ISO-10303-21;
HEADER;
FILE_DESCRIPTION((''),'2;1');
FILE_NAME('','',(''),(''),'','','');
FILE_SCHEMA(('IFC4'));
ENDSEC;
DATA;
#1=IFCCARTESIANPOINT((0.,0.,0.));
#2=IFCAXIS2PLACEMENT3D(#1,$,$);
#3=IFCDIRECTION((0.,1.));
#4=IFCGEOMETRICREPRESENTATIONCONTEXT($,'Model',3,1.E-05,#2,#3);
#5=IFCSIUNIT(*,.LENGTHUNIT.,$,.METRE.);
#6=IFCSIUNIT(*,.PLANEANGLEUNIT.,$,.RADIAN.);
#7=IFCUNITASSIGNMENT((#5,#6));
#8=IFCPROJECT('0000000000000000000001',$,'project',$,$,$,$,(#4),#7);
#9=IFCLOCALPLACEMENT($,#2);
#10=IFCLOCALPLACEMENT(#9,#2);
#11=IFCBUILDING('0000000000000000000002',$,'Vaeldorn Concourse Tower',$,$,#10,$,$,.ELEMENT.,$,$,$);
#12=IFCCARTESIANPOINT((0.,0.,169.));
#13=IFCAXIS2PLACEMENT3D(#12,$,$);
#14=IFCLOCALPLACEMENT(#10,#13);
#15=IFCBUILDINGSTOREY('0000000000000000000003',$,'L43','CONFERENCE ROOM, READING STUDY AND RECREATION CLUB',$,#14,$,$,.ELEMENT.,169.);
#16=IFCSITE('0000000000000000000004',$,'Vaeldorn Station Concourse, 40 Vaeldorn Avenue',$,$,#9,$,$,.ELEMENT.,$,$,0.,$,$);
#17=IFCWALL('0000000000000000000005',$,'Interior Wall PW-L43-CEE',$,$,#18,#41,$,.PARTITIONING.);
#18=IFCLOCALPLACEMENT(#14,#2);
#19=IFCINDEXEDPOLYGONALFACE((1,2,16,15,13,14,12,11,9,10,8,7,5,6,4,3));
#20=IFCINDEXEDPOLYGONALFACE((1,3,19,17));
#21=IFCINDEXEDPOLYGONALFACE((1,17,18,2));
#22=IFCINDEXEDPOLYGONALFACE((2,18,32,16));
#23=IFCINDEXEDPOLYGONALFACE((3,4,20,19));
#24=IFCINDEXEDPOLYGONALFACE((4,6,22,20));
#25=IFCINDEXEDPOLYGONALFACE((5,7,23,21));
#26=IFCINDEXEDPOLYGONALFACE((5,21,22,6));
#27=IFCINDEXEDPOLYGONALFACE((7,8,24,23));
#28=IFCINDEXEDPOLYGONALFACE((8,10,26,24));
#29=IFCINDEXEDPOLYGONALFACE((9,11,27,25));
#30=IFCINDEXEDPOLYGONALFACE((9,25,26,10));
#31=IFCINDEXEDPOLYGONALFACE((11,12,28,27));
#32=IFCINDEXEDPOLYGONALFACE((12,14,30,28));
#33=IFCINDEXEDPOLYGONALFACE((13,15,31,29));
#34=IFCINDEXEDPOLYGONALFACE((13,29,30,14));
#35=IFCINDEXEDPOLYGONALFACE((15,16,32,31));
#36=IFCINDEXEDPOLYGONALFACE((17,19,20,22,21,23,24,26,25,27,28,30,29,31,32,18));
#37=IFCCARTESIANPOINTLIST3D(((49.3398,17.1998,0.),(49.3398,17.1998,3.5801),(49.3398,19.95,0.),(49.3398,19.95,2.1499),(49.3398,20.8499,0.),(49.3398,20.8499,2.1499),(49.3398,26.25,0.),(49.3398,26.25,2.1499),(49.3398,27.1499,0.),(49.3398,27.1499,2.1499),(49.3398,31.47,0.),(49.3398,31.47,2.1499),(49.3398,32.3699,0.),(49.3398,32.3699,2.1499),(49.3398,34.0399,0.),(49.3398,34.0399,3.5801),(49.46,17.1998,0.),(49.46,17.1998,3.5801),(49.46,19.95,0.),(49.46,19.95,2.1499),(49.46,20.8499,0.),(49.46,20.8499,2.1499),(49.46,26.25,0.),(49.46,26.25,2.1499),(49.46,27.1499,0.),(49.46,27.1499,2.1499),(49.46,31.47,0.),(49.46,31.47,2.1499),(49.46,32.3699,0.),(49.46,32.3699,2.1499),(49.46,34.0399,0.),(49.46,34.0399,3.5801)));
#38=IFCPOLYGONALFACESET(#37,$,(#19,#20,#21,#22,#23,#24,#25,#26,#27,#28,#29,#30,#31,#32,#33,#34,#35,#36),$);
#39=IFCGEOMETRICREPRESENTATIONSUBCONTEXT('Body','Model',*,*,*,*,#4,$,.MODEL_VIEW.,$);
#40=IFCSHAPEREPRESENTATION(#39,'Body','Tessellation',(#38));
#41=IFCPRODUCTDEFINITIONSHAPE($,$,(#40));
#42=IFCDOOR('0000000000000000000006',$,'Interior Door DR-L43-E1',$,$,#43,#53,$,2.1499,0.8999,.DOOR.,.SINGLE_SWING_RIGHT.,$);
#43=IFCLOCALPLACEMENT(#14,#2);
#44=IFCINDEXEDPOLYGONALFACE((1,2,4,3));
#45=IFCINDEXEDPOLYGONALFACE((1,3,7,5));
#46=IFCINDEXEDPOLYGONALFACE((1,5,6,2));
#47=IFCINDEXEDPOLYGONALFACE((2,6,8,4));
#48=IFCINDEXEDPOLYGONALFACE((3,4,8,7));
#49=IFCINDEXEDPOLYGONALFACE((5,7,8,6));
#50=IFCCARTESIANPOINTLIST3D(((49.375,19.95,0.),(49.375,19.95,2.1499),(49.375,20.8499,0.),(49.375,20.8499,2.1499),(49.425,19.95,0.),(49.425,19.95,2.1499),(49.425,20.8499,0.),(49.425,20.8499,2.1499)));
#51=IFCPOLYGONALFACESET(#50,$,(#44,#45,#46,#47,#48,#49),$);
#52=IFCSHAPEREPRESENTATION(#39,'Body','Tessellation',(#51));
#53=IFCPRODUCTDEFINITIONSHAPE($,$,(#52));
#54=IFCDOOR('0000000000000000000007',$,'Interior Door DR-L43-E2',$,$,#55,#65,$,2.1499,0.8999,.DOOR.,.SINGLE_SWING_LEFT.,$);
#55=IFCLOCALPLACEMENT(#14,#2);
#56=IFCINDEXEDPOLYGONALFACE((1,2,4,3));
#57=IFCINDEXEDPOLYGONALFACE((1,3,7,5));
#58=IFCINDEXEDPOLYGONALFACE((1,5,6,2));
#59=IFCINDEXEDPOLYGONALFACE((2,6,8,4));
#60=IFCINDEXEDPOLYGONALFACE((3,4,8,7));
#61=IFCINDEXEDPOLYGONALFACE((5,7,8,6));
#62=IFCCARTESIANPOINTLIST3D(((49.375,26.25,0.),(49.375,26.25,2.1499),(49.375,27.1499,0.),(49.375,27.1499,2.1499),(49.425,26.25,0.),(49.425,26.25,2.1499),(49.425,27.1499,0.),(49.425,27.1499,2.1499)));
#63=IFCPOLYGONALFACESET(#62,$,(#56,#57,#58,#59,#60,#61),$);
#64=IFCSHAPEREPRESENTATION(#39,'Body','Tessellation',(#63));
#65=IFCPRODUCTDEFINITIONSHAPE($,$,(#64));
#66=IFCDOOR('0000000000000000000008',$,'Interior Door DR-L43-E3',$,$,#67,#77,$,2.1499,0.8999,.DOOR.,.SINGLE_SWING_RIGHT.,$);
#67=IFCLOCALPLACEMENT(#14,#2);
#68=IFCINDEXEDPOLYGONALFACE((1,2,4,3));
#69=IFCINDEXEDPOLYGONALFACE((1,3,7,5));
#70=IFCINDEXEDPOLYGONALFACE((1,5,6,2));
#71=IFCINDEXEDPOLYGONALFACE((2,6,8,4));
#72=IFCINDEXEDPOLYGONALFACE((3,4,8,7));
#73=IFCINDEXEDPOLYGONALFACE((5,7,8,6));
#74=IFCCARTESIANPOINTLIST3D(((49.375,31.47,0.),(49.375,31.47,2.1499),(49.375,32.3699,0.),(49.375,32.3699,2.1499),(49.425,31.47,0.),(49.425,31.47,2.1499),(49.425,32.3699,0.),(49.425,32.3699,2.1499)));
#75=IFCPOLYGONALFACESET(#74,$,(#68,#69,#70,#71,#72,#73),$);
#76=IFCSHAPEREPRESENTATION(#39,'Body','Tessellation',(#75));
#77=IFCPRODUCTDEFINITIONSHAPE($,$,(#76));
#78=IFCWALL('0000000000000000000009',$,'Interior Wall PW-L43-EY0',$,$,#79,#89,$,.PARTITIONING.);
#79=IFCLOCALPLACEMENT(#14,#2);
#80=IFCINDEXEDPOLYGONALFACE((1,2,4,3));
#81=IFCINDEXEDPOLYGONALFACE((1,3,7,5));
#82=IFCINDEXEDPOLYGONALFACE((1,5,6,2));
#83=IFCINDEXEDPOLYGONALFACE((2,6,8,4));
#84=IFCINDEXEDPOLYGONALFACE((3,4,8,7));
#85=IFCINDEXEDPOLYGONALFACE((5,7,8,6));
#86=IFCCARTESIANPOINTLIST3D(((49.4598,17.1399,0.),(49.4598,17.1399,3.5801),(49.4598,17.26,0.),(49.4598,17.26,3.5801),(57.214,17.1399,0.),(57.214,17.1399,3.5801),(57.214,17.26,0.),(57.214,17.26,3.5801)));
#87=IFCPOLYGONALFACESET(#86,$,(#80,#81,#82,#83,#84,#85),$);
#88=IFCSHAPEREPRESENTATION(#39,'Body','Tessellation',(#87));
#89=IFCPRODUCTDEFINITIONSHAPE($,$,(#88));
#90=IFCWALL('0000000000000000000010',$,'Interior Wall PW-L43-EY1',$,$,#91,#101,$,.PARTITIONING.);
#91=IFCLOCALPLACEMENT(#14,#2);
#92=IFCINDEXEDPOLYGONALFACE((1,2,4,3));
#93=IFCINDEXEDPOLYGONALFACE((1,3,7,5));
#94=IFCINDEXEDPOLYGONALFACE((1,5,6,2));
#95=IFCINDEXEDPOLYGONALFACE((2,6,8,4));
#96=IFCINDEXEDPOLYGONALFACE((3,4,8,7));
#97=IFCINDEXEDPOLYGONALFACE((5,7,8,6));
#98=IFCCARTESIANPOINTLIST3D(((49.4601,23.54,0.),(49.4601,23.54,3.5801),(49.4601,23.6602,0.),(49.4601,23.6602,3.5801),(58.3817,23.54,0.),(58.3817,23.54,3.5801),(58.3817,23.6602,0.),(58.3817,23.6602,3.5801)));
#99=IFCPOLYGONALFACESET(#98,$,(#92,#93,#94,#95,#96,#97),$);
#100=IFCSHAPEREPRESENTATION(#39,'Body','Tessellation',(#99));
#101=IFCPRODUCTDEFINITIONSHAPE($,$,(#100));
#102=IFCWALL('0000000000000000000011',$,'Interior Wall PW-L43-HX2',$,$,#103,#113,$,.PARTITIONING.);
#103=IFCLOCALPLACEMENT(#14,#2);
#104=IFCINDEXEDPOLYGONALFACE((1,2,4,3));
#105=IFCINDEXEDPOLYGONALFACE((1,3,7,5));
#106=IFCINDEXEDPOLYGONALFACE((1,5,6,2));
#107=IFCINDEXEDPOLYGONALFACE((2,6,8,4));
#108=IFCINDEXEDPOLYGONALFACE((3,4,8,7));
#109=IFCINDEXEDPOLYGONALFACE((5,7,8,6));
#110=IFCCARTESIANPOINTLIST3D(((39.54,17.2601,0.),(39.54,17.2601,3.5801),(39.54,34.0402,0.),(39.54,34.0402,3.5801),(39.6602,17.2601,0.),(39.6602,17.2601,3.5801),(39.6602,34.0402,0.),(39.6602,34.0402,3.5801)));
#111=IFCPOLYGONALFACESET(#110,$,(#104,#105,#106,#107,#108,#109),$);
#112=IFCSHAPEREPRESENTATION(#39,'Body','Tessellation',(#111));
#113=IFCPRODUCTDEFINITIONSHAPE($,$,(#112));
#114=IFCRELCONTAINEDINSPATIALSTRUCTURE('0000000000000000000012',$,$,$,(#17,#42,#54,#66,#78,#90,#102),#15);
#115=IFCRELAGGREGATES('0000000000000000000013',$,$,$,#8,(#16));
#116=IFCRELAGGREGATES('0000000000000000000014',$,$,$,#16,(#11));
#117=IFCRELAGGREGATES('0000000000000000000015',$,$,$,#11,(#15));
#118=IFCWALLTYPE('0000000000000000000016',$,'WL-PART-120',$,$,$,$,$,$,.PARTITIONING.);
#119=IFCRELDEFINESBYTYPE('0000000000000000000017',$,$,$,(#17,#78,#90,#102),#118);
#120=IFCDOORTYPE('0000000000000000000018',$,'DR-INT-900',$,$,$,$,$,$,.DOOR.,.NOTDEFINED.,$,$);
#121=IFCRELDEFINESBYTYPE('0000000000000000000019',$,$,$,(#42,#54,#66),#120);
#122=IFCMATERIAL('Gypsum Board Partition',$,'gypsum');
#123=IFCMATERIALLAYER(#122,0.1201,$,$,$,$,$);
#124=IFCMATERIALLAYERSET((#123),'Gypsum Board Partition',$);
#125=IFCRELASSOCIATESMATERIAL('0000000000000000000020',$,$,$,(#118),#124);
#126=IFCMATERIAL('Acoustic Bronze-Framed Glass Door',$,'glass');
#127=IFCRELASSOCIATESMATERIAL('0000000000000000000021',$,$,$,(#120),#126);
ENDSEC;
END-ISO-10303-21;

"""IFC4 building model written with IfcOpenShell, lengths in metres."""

from ifc_helpers import new_model, si_unit, direction, frame, frame_2d, origin, place, context, subcontext, project, spatial, rectangle, extrude, source, transform, mapped, material, layer, layer_set, type_object, element, fill, save


model = new_model("IFC4")

# Units and contexts
model_context = context("Model", 3, precision=1e-05, world=origin(), true_north=direction((0.0, 1.0)))
body_context = subcontext(model_context, "Body", "Model", "MODEL_VIEW")
ifc_project = project(units=[si_unit("LENGTHUNIT", "METRE"), si_unit("PLANEANGLEUNIT", "RADIAN")], contexts=[model_context])

# Site, building, storey
site_placement = place(None, origin())
site = spatial("IfcSite", under=ifc_project, at=site_placement, Name="Vaeldorn Station Concourse, 40 Vaeldorn Avenue", CompositionType="ELEMENT", RefElevation=0.0)
building_placement = place(site_placement, origin())
building = spatial("IfcBuilding", under=site, at=building_placement, Name="Vaeldorn Concourse Tower", CompositionType="ELEMENT")
storey_placement = place(building_placement, frame((0.0, 0.0, 169.0)))
storey = spatial("IfcBuildingStorey", under=building, at=storey_placement, Name="L43", Description="CONFERENCE ROOM, READING STUDY AND RECREATION CLUB", CompositionType="ELEMENT", Elevation=169.0)

# Shared definitions
ifc_material_1 = material(Name="Gypsum Board Partition", Category="gypsum")
ifc_layer_1 = layer(ifc_material_1, 0.1201)
ifc_layer_set_1 = layer_set([ifc_layer_1], Name="Gypsum Board Partition")
wall_type_1 = type_object("IfcWallType", Name="WL-PART-120", PredefinedType="PARTITIONING", material=ifc_layer_set_1)

# Wall, openings, doors
wall_1_placement = place(storey_placement, frame((49.3999, 17.2, 0.0), z_axis=(0.0, 0.0, 1.0), x_axis=(0.0, 1.0, 0.0)))
wall_1 = element("IfcWall", 1, at=wall_1_placement, inside=storey, type_object=wall_type_1, Name="Interior Wall PW-L43-CEE", PredefinedType="PARTITIONING", context=body_context, shape_type="SweptSolid", body=[
    extrude(rectangle(XDim=16.8401, YDim=0.1201, at=frame_2d((8.4199, 0.0))), origin(), (0.0, 0.0, 1.0), 3.5801),
])
opening_1_placement = place(wall_1_placement, frame((2.75, 0.0, 0.0)))
opening_1 = element("IfcOpeningElement", 2, at=opening_1_placement, cuts=wall_1, PredefinedType="OPENING", context=body_context, shape_type="SweptSolid", body=[
    extrude(rectangle(XDim=0.8999, YDim=2.1499, at=frame_2d((0.45, 1.075))), frame((0.0, 0.0701, 0.0), z_axis=(0.0, -1.0, 0.0), x_axis=(1.0, 0.0, 0.0)), (0.0, 0.0, 1.0), 0.1401),
])
opening_2_placement = place(wall_1_placement, frame((9.05, 0.0, 0.0)))
opening_2 = element("IfcOpeningElement", 3, at=opening_2_placement, cuts=wall_1, PredefinedType="OPENING", context=body_context, shape_type="SweptSolid", body=[
    extrude(rectangle(XDim=0.8999, YDim=2.1499, at=frame_2d((0.45, 1.075))), frame((0.0, 0.0701, 0.0), z_axis=(0.0, -1.0, 0.0), x_axis=(1.0, 0.0, 0.0)), (0.0, 0.0, 1.0), 0.1401),
])
opening_3_placement = place(wall_1_placement, frame((14.27, 0.0, 0.0)))
opening_3 = element("IfcOpeningElement", 4, at=opening_3_placement, cuts=wall_1, PredefinedType="OPENING", context=body_context, shape_type="SweptSolid", body=[
    extrude(rectangle(XDim=0.8999, YDim=2.1499, at=frame_2d((0.45, 1.075))), frame((0.0, 0.0701, 0.0), z_axis=(0.0, -1.0, 0.0), x_axis=(1.0, 0.0, 0.0)), (0.0, 0.0, 1.0), 0.1401),
])
ifc_material_2 = material(Name="Acoustic Bronze-Framed Glass Door", Category="glass")
door_type = type_object("IfcDoorType", Name="DR-INT-900", OperationType="NOTDEFINED", PredefinedType="DOOR", material=ifc_material_2)
shared_shape_1 = source(origin(), body_context, "Body", "SweptSolid", [
    extrude(rectangle(XDim=0.8999, YDim=2.1499, at=frame_2d((0.45, 1.075))), frame((0.0, 0.0249, 0.0), z_axis=(0.0, -1.0, 0.0), x_axis=(1.0, 0.0, 0.0)), (0.0, 0.0, 1.0), 0.05),
])
door_1_placement = place(opening_1_placement, origin())
door_1 = element("IfcDoor", 5, at=door_1_placement, inside=storey, type_object=door_type, Name="Interior Door DR-L43-E1", OperationType="SINGLE_SWING_RIGHT", OverallHeight=2.1499, OverallWidth=0.8999, PredefinedType="DOOR", context=body_context, shape_type="MappedRepresentation", body=[
    mapped(shared_shape_1, transform((0.0, 0.0, 0.0), scale=1.0)),
])
fill(opening_1, door_1)
door_2_placement = place(opening_2_placement, origin())
door_2 = element("IfcDoor", 6, at=door_2_placement, inside=storey, type_object=door_type, Name="Interior Door DR-L43-E2", OperationType="SINGLE_SWING_LEFT", OverallHeight=2.1499, OverallWidth=0.8999, PredefinedType="DOOR", context=body_context, shape_type="MappedRepresentation", body=[
    mapped(shared_shape_1, transform((0.0, 0.0, 0.0), scale=1.0)),
])
fill(opening_2, door_2)
door_3_placement = place(opening_3_placement, origin())
door_3 = element("IfcDoor", 7, at=door_3_placement, inside=storey, type_object=door_type, Name="Interior Door DR-L43-E3", OperationType="SINGLE_SWING_RIGHT", OverallHeight=2.1499, OverallWidth=0.8999, PredefinedType="DOOR", context=body_context, shape_type="MappedRepresentation", body=[
    mapped(shared_shape_1, transform((0.0, 0.0, 0.0), scale=1.0)),
])
fill(opening_3, door_3)

# Walls
wall_2_placement = place(storey_placement, frame((49.46, 17.2, 0.0), z_axis=(0.0, 0.0, 1.0), x_axis=(1.0, 0.0, 0.0)))
element("IfcWall", 8, at=wall_2_placement, inside=storey, type_object=wall_type_1, Name="Interior Wall PW-L43-EY0", PredefinedType="PARTITIONING", context=body_context, shape_type="SweptSolid", body=[
    extrude(rectangle(XDim=7.7542, YDim=0.1201, at=frame_2d((3.877, 0.0))), origin(), (0.0, 0.0, 1.0), 3.5801),
])
wall_3_placement = place(storey_placement, frame((49.46, 23.6001, 0.0), z_axis=(0.0, 0.0, 1.0), x_axis=(1.0, 0.0, 0.0)))
element("IfcWall", 9, at=wall_3_placement, inside=storey, type_object=wall_type_1, Name="Interior Wall PW-L43-EY1", PredefinedType="PARTITIONING", context=body_context, shape_type="SweptSolid", body=[
    extrude(rectangle(XDim=8.9216, YDim=0.1201, at=frame_2d((4.4609, 0.0))), origin(), (0.0, 0.0, 1.0), 3.5801),
])
wall_4_placement = place(storey_placement, frame((39.6001, 17.26, 0.0), z_axis=(0.0, 0.0, 1.0), x_axis=(0.0, 1.0, 0.0)))
element("IfcWall", 10, at=wall_4_placement, inside=storey, type_object=wall_type_1, Name="Interior Wall PW-L43-HX2", PredefinedType="PARTITIONING", context=body_context, shape_type="SweptSolid", body=[
    extrude(rectangle(XDim=16.78, YDim=0.1201, at=frame_2d((8.3901, 0.0))), origin(), (0.0, 0.0, 1.0), 3.5801),
])

save(model, "model.ifc")
